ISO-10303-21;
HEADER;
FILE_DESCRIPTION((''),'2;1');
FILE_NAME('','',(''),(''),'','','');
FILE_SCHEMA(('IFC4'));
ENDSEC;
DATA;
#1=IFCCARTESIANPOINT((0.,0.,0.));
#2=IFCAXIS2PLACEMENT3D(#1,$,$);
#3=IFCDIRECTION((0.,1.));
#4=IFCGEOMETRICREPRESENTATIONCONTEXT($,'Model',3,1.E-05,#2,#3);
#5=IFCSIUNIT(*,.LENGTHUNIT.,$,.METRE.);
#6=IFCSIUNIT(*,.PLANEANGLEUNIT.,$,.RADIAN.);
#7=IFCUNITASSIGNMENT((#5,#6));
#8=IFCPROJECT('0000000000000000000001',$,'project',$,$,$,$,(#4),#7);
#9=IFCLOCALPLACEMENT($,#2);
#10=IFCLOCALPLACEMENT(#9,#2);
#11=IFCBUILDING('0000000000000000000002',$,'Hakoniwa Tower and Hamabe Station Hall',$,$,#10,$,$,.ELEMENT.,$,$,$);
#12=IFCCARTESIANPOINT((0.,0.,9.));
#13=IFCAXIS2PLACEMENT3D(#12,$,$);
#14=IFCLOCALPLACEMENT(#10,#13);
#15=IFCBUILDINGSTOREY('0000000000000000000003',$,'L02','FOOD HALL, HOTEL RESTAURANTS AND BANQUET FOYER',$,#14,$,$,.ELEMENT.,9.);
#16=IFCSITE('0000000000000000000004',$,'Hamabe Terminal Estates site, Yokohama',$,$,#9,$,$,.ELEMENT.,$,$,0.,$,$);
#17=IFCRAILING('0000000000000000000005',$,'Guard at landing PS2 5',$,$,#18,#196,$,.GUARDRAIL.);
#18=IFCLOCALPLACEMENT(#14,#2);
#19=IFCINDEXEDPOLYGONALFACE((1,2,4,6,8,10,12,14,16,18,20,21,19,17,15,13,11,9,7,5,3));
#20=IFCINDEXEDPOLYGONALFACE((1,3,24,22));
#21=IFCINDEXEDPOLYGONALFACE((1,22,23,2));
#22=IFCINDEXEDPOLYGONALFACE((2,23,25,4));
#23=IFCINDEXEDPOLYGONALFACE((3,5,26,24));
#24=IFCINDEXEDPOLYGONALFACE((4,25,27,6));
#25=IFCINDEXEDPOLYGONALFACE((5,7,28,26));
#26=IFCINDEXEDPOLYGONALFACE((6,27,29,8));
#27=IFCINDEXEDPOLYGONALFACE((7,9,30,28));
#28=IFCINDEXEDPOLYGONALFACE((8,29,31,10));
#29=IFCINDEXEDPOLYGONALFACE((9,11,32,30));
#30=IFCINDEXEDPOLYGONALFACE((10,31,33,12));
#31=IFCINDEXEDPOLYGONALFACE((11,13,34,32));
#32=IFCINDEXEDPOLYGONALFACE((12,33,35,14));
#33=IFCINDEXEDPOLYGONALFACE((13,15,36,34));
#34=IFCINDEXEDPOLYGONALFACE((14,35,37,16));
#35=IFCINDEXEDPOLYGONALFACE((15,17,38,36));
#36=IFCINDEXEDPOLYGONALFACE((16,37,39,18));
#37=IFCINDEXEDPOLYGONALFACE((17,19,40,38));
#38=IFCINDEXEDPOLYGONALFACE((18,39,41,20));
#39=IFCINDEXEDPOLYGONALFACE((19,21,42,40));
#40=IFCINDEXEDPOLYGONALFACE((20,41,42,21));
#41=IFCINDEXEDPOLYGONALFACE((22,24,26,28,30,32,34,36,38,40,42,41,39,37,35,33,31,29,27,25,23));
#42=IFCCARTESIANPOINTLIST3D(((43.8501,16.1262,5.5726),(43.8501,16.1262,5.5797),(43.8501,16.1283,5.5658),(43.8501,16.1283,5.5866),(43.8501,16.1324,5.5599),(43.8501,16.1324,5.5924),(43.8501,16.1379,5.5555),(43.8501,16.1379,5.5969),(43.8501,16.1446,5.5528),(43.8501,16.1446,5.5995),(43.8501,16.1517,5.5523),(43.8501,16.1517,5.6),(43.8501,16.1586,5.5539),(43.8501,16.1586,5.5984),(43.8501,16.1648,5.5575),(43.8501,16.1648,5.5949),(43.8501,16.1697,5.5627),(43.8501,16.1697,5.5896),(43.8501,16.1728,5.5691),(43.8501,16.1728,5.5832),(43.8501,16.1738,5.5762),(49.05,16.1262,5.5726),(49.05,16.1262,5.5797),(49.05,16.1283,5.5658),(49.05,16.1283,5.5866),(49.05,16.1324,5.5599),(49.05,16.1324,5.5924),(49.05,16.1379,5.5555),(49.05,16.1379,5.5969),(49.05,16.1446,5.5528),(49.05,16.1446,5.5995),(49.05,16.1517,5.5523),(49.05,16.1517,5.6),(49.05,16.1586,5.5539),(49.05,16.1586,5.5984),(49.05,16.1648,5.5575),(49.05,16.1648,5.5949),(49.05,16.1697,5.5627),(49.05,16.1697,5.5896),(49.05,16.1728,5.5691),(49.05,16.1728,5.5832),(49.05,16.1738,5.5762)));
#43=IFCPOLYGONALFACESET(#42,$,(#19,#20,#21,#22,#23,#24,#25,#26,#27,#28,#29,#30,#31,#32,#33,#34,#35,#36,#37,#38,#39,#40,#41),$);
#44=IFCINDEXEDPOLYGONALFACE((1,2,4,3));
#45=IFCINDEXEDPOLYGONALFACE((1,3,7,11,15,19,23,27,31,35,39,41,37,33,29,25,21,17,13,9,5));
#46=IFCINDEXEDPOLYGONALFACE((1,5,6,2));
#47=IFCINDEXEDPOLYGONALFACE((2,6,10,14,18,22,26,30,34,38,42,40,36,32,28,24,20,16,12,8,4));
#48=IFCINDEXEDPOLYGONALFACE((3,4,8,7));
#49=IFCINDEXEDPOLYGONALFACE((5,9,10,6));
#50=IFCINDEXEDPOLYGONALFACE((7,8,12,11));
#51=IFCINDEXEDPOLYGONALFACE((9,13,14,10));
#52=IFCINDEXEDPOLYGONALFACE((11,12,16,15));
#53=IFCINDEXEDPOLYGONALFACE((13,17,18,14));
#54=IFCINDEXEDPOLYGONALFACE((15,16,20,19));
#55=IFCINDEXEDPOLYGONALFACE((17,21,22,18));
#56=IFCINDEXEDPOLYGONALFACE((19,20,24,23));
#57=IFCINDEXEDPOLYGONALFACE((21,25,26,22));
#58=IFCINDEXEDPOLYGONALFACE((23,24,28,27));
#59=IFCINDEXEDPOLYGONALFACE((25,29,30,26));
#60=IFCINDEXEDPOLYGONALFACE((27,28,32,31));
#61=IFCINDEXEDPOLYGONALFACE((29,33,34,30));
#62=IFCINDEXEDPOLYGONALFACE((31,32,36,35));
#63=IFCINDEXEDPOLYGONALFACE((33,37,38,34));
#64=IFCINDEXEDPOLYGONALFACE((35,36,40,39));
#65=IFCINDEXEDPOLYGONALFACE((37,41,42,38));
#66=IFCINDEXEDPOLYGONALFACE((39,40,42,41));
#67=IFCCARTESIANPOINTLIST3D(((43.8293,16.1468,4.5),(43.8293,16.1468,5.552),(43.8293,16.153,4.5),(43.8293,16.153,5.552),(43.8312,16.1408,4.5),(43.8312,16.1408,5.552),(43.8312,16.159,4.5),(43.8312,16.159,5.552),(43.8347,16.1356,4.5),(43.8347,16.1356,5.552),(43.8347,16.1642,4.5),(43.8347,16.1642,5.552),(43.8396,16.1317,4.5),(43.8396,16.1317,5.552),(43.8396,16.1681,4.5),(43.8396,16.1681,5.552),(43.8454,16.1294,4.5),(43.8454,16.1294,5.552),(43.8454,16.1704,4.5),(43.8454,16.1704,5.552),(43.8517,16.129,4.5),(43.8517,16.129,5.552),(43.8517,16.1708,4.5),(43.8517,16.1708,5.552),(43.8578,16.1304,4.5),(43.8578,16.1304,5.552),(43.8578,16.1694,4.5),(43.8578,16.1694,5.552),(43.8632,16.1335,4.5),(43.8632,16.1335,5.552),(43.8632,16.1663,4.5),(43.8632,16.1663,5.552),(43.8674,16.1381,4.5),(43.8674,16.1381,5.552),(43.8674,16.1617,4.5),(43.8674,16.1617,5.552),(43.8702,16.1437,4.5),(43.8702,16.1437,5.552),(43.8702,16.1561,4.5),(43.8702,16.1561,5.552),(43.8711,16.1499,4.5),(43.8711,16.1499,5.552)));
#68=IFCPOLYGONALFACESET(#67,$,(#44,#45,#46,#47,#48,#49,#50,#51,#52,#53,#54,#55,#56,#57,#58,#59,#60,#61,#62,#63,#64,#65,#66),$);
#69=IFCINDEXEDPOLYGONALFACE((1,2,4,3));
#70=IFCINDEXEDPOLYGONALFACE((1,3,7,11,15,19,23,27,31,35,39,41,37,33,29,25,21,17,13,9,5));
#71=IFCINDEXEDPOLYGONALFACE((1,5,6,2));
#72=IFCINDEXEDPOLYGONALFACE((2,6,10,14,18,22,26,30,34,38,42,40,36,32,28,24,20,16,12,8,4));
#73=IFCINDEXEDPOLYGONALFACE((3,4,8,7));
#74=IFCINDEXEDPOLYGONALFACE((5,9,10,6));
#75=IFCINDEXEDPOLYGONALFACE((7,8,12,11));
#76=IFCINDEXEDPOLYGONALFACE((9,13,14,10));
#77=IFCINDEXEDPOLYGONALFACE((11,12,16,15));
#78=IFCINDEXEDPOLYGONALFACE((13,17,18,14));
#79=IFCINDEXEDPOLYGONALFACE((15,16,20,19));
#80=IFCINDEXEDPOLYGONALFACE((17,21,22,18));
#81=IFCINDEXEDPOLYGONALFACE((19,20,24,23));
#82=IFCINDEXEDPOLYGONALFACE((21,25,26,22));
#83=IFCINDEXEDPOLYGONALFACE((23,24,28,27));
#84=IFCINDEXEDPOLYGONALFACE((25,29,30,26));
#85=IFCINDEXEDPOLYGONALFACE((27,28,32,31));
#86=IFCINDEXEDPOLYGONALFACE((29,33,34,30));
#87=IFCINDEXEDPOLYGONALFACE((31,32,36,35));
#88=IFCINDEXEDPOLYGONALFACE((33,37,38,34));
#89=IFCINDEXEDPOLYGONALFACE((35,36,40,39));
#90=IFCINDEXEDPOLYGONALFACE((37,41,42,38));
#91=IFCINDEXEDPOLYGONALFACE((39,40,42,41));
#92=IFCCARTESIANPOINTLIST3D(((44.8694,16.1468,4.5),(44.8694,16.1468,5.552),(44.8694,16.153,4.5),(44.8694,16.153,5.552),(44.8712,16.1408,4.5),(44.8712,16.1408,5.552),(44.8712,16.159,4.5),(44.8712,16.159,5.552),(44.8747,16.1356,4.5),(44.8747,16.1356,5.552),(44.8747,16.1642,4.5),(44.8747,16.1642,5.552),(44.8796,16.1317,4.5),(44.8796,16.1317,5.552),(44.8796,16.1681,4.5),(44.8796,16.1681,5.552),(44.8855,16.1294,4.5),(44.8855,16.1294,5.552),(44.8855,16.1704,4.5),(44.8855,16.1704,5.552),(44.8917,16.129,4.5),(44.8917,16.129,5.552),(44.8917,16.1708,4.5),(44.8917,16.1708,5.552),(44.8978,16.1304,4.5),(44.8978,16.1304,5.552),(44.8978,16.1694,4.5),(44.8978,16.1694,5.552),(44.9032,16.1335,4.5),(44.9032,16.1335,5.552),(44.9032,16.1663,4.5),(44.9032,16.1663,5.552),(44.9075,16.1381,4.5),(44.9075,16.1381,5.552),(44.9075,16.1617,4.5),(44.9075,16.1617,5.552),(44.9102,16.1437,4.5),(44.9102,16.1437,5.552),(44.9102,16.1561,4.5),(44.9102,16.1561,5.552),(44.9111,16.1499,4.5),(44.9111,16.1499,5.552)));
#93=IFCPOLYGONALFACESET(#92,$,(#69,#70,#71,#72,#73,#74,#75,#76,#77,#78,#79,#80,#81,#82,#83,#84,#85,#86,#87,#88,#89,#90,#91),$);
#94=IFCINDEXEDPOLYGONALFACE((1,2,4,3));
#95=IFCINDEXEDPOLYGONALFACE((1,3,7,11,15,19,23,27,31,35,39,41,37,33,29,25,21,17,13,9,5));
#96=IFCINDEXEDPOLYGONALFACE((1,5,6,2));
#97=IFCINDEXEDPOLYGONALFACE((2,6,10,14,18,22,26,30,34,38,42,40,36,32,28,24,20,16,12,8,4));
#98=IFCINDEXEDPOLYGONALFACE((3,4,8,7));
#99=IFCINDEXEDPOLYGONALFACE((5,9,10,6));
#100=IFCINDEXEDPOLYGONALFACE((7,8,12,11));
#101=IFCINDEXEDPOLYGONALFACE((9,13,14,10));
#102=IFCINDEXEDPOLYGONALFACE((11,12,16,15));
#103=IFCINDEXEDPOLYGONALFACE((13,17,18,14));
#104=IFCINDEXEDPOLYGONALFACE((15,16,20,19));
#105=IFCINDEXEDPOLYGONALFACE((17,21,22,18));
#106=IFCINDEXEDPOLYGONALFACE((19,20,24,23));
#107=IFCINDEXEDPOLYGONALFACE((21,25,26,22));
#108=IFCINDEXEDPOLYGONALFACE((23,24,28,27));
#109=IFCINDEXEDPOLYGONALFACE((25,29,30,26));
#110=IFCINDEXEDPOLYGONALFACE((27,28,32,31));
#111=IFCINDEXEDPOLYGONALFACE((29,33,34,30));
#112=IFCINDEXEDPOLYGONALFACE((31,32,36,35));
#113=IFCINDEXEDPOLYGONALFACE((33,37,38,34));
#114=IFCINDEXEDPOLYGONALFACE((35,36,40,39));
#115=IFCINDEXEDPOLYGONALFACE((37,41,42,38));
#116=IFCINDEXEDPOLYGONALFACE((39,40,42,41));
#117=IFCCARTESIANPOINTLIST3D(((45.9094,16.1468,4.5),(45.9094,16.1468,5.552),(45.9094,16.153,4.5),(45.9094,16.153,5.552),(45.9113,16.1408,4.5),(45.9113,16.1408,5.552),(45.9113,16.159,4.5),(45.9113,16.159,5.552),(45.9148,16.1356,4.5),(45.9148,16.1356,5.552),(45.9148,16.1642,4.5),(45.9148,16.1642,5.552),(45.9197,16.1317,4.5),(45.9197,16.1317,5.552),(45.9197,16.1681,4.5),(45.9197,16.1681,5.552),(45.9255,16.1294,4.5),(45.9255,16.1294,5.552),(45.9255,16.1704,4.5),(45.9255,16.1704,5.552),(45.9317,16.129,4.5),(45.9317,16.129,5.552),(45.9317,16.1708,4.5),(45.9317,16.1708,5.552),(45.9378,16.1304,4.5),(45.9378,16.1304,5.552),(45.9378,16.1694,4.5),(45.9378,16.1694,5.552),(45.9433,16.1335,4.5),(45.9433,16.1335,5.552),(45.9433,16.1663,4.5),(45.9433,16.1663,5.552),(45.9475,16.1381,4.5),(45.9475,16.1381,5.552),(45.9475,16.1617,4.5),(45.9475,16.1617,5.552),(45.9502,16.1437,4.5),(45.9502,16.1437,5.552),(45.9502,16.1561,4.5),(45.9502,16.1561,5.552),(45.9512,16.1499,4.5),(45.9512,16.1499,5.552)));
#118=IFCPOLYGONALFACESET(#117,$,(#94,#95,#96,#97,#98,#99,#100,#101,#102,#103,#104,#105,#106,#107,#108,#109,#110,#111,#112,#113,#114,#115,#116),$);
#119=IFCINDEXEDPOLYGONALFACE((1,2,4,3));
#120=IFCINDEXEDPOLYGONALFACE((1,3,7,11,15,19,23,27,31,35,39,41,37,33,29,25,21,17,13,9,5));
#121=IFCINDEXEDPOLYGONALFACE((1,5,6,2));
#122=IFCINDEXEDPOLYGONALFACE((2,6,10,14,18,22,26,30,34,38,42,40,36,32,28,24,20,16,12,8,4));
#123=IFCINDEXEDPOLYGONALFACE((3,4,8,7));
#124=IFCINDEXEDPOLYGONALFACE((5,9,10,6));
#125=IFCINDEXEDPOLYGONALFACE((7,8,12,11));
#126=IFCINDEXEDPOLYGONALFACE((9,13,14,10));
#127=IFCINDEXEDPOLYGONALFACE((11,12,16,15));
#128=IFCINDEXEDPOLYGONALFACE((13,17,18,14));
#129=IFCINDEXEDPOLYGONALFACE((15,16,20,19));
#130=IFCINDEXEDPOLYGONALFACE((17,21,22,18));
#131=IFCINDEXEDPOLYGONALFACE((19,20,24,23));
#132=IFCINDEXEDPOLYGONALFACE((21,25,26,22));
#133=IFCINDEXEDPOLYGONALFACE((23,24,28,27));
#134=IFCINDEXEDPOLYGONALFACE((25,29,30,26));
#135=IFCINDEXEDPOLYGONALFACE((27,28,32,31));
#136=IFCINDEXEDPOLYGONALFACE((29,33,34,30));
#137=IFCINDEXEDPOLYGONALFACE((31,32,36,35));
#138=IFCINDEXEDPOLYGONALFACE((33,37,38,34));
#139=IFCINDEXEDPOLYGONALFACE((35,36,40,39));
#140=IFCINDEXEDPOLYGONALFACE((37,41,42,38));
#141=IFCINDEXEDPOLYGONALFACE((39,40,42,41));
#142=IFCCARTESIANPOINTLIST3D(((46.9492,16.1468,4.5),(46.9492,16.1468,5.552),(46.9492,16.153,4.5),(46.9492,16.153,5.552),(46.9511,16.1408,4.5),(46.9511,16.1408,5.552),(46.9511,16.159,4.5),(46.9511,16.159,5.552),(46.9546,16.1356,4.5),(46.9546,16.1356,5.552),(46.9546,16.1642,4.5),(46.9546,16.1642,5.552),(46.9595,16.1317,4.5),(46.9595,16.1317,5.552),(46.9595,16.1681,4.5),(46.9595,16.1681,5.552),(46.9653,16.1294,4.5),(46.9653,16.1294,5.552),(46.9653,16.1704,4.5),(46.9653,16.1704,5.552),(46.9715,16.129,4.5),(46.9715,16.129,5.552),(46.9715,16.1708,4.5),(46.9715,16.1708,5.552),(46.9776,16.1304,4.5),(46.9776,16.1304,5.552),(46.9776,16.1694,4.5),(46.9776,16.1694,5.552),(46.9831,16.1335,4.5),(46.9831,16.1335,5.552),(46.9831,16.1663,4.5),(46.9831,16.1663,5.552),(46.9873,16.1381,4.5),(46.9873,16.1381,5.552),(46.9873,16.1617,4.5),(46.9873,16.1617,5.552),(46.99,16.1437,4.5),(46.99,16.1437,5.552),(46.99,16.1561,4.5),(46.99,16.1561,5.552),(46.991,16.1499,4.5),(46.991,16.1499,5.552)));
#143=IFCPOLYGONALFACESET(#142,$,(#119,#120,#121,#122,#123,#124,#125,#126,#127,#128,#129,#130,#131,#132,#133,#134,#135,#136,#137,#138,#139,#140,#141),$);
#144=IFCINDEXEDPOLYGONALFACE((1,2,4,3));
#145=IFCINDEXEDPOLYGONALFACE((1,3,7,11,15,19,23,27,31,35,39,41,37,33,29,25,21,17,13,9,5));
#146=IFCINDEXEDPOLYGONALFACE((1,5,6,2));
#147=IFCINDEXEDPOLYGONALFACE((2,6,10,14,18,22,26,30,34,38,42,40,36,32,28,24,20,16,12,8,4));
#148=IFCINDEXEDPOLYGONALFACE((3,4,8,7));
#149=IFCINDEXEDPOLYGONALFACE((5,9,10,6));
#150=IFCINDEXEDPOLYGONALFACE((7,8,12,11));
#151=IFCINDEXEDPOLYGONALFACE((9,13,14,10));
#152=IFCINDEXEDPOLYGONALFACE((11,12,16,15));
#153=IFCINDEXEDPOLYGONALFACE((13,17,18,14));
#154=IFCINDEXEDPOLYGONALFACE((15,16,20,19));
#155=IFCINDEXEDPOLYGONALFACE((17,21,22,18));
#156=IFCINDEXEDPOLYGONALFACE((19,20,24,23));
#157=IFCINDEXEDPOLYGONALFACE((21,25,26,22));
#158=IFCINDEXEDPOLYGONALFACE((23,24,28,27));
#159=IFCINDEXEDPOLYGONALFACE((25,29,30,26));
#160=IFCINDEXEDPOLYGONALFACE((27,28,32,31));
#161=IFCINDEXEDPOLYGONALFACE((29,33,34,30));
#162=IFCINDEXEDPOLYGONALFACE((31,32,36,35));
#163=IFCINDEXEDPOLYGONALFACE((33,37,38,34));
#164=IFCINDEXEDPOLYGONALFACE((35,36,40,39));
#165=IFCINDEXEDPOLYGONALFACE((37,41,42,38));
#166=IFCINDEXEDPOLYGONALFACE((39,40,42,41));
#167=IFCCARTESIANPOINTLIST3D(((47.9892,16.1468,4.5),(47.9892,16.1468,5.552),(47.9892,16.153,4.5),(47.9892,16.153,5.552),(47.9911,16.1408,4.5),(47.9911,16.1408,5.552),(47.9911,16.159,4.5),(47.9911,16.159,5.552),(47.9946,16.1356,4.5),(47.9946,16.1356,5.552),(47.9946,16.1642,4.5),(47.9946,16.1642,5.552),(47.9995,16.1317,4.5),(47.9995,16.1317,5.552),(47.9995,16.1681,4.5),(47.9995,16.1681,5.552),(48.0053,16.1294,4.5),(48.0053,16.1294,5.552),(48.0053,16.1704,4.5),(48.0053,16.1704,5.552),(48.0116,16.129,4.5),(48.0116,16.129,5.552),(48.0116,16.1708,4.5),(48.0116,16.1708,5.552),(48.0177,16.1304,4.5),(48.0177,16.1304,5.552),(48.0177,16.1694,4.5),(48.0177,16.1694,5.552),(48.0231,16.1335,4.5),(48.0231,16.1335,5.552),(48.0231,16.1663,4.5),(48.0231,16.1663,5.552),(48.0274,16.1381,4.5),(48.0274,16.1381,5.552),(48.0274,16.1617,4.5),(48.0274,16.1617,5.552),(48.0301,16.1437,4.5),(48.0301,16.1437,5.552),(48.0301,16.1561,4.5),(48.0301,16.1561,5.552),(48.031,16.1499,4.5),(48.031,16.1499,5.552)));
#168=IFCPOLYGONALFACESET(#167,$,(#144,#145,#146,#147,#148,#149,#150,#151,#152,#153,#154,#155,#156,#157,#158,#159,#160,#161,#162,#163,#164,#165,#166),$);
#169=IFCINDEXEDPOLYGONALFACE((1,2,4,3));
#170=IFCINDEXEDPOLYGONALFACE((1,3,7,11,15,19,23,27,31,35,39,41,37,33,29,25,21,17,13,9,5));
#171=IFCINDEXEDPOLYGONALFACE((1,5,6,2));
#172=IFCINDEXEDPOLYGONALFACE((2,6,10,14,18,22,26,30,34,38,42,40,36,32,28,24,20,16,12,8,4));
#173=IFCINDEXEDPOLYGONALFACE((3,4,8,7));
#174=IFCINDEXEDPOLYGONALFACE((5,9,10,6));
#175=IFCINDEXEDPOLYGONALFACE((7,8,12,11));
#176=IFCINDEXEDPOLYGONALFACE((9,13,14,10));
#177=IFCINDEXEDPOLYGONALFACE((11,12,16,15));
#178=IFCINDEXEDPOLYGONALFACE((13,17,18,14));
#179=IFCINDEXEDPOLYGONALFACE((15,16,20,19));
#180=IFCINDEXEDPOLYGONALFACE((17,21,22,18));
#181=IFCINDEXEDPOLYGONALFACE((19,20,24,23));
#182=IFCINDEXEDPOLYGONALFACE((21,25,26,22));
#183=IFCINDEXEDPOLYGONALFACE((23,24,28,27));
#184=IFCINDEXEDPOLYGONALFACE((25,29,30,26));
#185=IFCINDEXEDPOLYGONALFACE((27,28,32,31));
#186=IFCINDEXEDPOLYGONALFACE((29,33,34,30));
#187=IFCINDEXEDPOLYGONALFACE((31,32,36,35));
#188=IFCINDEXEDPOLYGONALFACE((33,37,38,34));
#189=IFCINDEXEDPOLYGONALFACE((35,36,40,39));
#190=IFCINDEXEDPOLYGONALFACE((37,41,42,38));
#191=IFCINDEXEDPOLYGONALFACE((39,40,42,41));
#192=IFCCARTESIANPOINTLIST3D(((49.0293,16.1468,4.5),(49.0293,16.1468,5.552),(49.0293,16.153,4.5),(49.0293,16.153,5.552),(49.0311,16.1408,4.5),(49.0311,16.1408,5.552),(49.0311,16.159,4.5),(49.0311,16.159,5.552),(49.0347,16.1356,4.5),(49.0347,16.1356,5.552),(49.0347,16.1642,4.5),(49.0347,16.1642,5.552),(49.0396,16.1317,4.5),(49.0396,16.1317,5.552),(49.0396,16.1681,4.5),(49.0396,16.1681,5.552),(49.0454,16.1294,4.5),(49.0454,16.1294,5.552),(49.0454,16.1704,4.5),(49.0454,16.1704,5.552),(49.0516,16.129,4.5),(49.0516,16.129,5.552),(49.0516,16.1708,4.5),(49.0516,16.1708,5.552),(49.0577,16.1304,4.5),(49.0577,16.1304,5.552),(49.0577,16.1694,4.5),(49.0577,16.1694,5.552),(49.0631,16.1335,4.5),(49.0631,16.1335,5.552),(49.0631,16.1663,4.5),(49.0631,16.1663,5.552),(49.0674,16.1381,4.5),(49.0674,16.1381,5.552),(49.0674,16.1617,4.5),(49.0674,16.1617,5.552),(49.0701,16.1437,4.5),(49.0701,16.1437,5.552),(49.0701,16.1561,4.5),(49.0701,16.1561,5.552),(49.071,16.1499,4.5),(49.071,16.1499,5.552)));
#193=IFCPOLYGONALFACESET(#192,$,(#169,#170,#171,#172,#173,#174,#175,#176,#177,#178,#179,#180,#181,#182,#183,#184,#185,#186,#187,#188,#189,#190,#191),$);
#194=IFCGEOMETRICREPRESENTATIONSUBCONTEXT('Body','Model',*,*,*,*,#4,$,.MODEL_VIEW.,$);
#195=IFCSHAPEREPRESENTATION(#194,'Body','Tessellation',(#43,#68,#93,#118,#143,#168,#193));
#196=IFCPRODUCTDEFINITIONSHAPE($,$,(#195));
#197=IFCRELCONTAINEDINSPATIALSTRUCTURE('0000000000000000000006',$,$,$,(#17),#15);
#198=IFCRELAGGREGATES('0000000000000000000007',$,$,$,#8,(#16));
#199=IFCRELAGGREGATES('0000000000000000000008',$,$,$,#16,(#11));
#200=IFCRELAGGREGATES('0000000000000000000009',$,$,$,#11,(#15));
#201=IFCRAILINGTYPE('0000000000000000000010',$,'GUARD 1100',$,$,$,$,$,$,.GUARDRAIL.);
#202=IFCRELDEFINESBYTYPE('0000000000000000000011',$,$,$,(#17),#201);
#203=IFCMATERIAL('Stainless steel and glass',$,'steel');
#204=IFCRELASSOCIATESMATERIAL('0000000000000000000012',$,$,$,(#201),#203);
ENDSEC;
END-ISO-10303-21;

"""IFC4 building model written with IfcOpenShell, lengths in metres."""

from ifc_helpers import new_model, si_unit, direction, frame, origin, origin_2d, place, context, subcontext, project, spatial, circle, extrude, material, type_object, element, save


model = new_model("IFC4")

# Units and contexts
model_context = context("Model", 3, precision=1e-05, world=origin(), true_north=direction((0.0, 1.0)))
body_context = subcontext(model_context, "Body", "Model", "MODEL_VIEW")
ifc_project = project(units=[si_unit("LENGTHUNIT", "METRE"), si_unit("PLANEANGLEUNIT", "RADIAN")], contexts=[model_context])

# Site, building, storey
site_placement = place(None, origin())
site = spatial("IfcSite", under=ifc_project, at=site_placement, Name="Hamabe Terminal Estates site, Yokohama", CompositionType="ELEMENT", RefElevation=0.0)
building_placement = place(site_placement, origin())
building = spatial("IfcBuilding", under=site, at=building_placement, Name="Hakoniwa Tower and Hamabe Station Hall", CompositionType="ELEMENT")
storey_placement = place(building_placement, frame((0.0, 0.0, 9.0)))
storey = spatial("IfcBuildingStorey", under=building, at=storey_placement, Name="L02", Description="FOOD HALL, HOTEL RESTAURANTS AND BANQUET FOYER", CompositionType="ELEMENT", Elevation=9.0)

# Railing
ifc_material_1 = material(Name="Stainless steel and glass", Category="steel")
railing_type = type_object("IfcRailingType", Name="GUARD 1100", PredefinedType="GUARDRAIL", material=ifc_material_1)
for number, where, name in (
    (1, (43.8501, 16.1499, 4.5), "Guard at landing PS2 5"),
):
    element("IfcRailing", number, at=place(storey_placement, frame(where)), inside=storey, type_object=railing_type, Name=name, PredefinedType="GUARDRAIL", context=body_context, shape_type="SweptSolid", body=[
        extrude(circle(Radius=0.0239, at=origin_2d()), frame((0.0, 0.0, 1.0762), z_axis=(1.0, 0.0, 0.0), x_axis=(0.0, 1.0, 0.0)), (0.0, 0.0, 1.0), 5.2),
        extrude(circle(Radius=0.021, at=origin_2d()), origin(), (0.0, 0.0, 1.0), 1.052),
        extrude(circle(Radius=0.021, at=origin_2d()), frame((1.04, 0.0, 0.0)), (0.0, 0.0, 1.0), 1.052),
        extrude(circle(Radius=0.021, at=origin_2d()), frame((2.0801, 0.0, 0.0)), (0.0, 0.0, 1.0), 1.052),
        extrude(circle(Radius=0.021, at=origin_2d()), frame((3.1199, 0.0, 0.0)), (0.0, 0.0, 1.0), 1.052),
        extrude(circle(Radius=0.021, at=origin_2d()), frame((4.1599, 0.0, 0.0)), (0.0, 0.0, 1.0), 1.052),
        extrude(circle(Radius=0.021, at=origin_2d()), frame((5.2, 0.0, 0.0)), (0.0, 0.0, 1.0), 1.052),
    ])

save(model, "model.ifc")
